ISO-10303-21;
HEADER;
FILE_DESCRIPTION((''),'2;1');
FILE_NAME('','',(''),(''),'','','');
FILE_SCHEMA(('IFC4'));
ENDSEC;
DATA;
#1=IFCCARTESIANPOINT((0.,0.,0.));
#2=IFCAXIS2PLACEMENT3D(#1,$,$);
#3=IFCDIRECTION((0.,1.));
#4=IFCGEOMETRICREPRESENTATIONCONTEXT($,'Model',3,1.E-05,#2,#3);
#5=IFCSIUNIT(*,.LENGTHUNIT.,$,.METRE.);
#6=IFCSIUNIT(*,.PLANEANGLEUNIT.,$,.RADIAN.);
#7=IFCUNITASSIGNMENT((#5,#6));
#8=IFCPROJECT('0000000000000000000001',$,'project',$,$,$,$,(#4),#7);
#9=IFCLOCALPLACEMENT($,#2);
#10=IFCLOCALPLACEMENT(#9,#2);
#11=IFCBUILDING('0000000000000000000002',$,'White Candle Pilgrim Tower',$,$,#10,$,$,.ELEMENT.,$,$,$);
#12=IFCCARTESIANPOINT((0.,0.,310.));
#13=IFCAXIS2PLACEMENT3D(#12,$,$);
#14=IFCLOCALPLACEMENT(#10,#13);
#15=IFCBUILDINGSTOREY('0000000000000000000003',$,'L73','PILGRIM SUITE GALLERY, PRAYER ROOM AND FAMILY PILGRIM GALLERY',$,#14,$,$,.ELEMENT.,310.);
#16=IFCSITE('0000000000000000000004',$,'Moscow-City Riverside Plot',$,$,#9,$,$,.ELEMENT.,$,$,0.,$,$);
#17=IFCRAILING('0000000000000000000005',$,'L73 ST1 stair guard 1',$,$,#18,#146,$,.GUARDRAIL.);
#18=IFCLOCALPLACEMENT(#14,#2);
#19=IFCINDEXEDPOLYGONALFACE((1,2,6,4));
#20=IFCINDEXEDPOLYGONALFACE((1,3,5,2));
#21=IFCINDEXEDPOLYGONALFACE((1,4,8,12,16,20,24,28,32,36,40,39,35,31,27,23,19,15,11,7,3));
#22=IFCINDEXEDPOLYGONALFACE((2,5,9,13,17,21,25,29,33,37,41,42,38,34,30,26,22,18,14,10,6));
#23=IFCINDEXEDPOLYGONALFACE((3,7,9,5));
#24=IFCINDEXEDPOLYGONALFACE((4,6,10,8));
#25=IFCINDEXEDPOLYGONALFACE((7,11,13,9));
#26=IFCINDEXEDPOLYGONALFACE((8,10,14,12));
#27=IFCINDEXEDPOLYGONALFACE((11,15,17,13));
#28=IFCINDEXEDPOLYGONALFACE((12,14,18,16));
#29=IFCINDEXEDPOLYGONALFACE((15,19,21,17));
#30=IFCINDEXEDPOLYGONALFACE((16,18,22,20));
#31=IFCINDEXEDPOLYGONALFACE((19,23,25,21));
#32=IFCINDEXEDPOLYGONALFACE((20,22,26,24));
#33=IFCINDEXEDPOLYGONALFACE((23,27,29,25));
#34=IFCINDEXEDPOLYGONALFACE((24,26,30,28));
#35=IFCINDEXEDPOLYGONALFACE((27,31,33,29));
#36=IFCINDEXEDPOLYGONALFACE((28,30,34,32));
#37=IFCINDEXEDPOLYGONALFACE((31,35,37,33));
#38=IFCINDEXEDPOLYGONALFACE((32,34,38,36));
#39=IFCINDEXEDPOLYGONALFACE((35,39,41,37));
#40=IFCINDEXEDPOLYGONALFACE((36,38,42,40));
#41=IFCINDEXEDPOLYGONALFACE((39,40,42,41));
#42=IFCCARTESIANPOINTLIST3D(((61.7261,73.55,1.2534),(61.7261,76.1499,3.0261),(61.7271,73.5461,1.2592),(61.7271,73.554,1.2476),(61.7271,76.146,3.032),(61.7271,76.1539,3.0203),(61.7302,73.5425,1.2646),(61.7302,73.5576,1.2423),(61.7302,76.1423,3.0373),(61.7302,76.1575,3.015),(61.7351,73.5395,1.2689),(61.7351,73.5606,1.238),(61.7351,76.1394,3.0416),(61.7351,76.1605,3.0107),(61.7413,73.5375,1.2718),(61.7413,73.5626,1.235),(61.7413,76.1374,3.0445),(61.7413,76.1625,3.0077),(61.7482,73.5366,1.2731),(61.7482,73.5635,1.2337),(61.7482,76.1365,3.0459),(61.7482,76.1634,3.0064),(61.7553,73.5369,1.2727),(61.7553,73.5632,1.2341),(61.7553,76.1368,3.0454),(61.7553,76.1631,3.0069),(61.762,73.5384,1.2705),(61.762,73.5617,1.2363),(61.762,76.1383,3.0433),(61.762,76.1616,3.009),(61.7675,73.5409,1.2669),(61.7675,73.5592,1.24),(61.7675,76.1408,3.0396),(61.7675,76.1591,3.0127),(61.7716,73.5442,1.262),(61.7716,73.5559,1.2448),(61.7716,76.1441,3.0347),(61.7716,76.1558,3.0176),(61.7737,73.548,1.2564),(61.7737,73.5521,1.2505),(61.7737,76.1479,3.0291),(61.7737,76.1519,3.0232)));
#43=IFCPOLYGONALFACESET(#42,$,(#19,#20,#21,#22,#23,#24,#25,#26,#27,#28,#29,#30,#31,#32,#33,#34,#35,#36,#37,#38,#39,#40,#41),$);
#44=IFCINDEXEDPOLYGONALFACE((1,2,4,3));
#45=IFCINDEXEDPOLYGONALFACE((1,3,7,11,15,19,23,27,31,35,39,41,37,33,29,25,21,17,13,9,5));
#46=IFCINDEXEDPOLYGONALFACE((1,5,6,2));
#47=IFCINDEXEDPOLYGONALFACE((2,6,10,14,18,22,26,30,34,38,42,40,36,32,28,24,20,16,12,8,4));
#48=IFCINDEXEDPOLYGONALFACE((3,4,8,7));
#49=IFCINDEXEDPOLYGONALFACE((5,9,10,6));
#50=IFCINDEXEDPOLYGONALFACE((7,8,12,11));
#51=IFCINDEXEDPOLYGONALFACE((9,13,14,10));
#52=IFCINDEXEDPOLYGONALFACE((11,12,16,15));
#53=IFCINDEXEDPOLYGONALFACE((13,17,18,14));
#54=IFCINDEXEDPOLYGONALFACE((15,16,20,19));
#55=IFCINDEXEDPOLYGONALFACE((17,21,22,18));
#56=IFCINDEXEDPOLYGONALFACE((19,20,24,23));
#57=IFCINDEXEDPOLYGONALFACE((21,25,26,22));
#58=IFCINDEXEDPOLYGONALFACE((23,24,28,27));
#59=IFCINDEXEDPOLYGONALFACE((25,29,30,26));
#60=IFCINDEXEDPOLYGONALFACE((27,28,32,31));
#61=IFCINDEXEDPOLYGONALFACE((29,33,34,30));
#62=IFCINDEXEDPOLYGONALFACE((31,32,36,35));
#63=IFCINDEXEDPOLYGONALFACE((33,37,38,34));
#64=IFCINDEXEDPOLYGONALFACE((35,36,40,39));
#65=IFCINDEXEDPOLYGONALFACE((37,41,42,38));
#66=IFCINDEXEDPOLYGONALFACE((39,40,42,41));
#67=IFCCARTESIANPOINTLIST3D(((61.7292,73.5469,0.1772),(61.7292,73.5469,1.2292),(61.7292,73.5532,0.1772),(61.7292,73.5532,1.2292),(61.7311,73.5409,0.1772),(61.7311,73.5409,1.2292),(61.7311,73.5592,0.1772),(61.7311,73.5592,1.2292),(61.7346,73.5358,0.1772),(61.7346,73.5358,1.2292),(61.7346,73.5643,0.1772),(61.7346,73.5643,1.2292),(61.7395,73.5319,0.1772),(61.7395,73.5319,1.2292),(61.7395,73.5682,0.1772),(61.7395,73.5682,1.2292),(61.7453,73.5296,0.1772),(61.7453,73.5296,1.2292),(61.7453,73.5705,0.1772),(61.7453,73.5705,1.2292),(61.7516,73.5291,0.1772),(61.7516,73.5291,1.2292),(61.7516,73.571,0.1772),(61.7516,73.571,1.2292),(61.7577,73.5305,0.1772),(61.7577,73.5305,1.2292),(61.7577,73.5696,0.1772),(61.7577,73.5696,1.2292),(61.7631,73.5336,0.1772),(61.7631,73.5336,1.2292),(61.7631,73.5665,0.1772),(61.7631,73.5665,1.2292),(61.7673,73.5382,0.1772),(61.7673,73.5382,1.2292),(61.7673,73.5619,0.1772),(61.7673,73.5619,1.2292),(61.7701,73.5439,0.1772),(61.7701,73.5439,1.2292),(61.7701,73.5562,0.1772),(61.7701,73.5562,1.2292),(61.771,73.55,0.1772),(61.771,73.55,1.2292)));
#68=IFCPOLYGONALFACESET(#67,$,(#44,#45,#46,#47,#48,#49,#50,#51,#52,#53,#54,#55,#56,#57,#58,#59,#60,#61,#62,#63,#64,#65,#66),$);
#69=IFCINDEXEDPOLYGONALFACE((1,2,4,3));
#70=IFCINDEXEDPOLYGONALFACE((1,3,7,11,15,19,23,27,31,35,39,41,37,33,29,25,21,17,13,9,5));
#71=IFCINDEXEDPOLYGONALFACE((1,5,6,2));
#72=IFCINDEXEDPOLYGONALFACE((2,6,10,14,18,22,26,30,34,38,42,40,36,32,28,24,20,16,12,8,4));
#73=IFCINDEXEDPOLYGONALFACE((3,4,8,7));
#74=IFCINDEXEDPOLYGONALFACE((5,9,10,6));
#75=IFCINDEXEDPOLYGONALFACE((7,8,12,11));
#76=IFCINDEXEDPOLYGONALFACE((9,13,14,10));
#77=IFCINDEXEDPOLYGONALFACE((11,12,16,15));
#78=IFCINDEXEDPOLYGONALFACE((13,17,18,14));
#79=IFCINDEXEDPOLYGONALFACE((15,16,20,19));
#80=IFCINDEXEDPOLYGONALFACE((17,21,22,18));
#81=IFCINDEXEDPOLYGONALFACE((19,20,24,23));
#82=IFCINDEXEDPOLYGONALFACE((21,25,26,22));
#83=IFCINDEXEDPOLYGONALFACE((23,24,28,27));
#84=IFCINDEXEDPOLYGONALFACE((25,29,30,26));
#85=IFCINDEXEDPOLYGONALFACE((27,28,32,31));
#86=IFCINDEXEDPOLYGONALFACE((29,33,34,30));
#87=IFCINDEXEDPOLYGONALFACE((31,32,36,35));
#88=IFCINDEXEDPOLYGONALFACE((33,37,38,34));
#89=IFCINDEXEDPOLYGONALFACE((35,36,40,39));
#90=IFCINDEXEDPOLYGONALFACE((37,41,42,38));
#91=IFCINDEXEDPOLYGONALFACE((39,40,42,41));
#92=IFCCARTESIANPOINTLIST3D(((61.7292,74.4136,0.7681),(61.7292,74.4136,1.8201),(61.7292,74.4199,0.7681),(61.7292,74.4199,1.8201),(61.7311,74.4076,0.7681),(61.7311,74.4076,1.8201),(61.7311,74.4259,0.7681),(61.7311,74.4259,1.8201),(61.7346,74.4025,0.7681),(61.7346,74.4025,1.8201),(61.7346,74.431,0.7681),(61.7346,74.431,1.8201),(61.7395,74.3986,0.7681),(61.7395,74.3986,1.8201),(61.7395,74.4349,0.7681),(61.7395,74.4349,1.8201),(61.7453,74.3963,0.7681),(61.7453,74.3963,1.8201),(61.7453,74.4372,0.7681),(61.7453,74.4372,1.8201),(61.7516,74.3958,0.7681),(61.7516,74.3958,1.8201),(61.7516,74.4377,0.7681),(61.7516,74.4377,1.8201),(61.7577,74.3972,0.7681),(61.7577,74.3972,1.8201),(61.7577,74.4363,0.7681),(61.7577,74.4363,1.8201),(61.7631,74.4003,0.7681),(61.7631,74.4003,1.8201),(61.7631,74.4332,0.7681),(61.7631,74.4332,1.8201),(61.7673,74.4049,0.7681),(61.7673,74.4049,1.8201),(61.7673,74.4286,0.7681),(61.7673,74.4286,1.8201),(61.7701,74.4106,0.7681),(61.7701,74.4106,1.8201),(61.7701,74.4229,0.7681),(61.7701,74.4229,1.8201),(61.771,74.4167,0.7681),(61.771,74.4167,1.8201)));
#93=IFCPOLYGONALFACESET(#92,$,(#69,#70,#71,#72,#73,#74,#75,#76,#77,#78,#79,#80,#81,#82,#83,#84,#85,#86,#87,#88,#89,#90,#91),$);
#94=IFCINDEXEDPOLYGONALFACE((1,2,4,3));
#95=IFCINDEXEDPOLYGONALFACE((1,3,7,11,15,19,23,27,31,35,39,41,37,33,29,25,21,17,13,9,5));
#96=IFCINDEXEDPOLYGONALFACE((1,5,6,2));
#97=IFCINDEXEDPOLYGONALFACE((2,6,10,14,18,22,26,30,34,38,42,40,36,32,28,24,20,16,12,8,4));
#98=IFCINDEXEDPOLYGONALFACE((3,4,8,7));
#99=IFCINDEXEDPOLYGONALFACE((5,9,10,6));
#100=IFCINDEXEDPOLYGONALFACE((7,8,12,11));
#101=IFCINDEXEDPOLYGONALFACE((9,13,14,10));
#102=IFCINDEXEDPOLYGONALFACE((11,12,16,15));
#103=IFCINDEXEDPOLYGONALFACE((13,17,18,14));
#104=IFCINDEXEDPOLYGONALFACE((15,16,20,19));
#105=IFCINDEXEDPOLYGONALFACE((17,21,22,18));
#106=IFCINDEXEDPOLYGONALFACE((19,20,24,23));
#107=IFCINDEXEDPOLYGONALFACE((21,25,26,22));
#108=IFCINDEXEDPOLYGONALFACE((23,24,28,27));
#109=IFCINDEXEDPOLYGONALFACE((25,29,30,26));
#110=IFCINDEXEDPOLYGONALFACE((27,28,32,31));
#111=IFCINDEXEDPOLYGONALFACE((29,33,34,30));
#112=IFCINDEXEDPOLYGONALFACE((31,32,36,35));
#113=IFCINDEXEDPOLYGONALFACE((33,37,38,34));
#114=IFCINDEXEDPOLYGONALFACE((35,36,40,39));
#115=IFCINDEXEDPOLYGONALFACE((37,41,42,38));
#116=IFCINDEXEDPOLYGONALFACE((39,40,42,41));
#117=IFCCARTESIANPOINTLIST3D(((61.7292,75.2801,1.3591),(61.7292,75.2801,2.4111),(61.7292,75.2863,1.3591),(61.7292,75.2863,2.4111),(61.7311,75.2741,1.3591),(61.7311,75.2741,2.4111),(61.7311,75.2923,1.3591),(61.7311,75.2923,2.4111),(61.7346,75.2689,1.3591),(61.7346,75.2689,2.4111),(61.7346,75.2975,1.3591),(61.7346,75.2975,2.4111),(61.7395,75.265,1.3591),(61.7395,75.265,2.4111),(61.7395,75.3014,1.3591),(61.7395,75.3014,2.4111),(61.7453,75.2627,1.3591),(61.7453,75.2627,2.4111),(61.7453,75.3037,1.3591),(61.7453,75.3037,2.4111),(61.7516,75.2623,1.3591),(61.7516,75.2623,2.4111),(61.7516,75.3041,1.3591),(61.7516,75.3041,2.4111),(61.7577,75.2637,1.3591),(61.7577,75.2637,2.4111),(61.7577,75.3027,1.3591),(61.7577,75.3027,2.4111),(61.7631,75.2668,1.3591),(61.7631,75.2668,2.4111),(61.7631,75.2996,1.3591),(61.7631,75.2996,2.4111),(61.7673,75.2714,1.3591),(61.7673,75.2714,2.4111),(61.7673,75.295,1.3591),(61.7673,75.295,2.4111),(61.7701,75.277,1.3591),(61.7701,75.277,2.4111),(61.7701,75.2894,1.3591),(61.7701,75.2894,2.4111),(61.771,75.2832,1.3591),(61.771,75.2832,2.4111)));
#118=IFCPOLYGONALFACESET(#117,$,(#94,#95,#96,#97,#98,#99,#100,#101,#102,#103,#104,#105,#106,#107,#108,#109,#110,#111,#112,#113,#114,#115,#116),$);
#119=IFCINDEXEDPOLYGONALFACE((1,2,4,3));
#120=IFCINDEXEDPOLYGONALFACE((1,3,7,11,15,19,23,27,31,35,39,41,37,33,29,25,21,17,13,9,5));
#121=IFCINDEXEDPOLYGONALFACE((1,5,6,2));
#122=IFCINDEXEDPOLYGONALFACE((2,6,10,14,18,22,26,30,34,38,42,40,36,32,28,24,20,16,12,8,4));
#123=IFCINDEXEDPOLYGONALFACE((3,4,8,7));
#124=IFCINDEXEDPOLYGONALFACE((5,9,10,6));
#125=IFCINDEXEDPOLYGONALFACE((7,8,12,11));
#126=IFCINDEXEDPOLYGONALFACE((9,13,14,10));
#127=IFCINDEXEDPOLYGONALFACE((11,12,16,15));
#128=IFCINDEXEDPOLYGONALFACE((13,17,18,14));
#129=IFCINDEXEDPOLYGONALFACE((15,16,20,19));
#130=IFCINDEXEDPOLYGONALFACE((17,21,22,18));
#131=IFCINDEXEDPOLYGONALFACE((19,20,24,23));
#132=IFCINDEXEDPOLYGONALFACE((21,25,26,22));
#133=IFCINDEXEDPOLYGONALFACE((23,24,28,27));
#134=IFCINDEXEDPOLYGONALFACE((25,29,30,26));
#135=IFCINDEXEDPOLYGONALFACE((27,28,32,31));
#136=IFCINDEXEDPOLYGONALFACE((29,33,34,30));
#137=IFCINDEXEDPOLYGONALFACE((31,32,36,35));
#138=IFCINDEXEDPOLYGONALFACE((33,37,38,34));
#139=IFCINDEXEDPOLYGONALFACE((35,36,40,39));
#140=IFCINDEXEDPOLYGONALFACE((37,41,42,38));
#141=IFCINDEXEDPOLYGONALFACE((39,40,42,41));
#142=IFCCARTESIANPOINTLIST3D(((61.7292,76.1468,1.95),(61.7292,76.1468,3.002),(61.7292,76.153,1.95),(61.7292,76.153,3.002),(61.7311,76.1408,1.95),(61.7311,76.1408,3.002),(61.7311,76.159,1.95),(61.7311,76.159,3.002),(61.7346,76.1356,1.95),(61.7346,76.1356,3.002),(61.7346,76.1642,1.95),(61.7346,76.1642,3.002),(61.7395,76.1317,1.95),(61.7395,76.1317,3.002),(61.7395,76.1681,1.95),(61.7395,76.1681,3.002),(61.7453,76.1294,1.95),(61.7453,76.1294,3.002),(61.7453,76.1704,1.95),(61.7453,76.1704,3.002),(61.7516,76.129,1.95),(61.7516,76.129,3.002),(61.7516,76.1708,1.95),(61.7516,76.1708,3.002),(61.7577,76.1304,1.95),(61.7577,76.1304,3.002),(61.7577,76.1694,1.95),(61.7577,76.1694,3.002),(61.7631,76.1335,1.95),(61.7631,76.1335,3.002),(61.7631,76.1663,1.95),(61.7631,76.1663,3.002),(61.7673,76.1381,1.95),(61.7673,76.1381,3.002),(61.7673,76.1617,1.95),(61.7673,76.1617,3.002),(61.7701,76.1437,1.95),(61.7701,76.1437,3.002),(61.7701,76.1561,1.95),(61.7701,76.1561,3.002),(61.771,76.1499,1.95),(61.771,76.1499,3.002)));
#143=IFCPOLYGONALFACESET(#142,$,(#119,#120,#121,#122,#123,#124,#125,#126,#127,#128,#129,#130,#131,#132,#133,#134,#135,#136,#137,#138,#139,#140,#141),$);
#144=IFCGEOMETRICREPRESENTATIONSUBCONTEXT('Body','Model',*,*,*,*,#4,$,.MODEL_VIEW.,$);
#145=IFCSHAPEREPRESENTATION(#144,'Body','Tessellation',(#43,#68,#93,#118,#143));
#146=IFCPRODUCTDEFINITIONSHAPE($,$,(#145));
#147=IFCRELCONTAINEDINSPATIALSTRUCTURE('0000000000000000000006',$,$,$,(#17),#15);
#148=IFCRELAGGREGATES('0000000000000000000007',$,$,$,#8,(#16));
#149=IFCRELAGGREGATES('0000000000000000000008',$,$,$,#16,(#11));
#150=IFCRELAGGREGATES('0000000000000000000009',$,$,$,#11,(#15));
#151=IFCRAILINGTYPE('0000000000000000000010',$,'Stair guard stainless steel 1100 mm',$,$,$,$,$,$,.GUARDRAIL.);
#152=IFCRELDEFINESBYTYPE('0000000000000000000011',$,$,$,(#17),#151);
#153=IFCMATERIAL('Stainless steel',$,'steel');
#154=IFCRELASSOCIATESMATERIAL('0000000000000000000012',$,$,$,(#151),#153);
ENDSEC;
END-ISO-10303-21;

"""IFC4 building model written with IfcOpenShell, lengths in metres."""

from ifc_helpers import new_model, si_unit, direction, frame, origin, origin_2d, place, context, subcontext, project, spatial, circle, extrude, material, type_object, element, save


model = new_model("IFC4")

# Units and contexts
model_context = context("Model", 3, precision=1e-05, world=origin(), true_north=direction((0.0, 1.0)))
body_context = subcontext(model_context, "Body", "Model", "MODEL_VIEW")
ifc_project = project(units=[si_unit("LENGTHUNIT", "METRE"), si_unit("PLANEANGLEUNIT", "RADIAN")], contexts=[model_context])

# Site, building, storey
site_placement = place(None, origin())
site = spatial("IfcSite", under=ifc_project, at=site_placement, Name="Moscow-City Riverside Plot", CompositionType="ELEMENT", RefElevation=0.0)
building_placement = place(site_placement, origin())
building = spatial("IfcBuilding", under=site, at=building_placement, Name="White Candle Pilgrim Tower", CompositionType="ELEMENT")
storey_placement = place(building_placement, frame((0.0, 0.0, 310.0)))
storey = spatial("IfcBuildingStorey", under=building, at=storey_placement, Name="L73", Description="PILGRIM SUITE GALLERY, PRAYER ROOM AND FAMILY PILGRIM GALLERY", CompositionType="ELEMENT", Elevation=310.0)

# Railing
ifc_material_1 = material(Name="Stainless steel", Category="steel")
railing_type_1 = type_object("IfcRailingType", Name="Stair guard stainless steel 1100 mm", PredefinedType="GUARDRAIL", material=ifc_material_1)
railing_1_placement = place(storey_placement, frame((61.75, 73.55, 0.1772)))
element("IfcRailing", 1, at=railing_1_placement, inside=storey, type_object=railing_type_1, Name="L73 ST1 stair guard 1", PredefinedType="GUARDRAIL", context=body_context, shape_type="SweptSolid", body=[
    extrude(circle(Radius=0.0239, at=origin_2d()), frame((0.0, 0.0, 1.0762), z_axis=(0.0, 0.826216, 0.563354), x_axis=(-1.0, 0.0, 0.0)), (0.0, 0.0, 1.0), 3.1467),
    extrude(circle(Radius=0.021, at=origin_2d()), origin(), (0.0, 0.0, 1.0), 1.052),
    extrude(circle(Radius=0.021, at=origin_2d()), frame((0.0, 0.8667, 0.5908)), (0.0, 0.0, 1.0), 1.052),
    extrude(circle(Radius=0.021, at=origin_2d()), frame((0.0, 1.7332, 1.1819)), (0.0, 0.0, 1.0), 1.052),
    extrude(circle(Radius=0.021, at=origin_2d()), frame((0.0, 2.5999, 1.7727)), (0.0, 0.0, 1.0), 1.052),
])

save(model, "model.ifc")
